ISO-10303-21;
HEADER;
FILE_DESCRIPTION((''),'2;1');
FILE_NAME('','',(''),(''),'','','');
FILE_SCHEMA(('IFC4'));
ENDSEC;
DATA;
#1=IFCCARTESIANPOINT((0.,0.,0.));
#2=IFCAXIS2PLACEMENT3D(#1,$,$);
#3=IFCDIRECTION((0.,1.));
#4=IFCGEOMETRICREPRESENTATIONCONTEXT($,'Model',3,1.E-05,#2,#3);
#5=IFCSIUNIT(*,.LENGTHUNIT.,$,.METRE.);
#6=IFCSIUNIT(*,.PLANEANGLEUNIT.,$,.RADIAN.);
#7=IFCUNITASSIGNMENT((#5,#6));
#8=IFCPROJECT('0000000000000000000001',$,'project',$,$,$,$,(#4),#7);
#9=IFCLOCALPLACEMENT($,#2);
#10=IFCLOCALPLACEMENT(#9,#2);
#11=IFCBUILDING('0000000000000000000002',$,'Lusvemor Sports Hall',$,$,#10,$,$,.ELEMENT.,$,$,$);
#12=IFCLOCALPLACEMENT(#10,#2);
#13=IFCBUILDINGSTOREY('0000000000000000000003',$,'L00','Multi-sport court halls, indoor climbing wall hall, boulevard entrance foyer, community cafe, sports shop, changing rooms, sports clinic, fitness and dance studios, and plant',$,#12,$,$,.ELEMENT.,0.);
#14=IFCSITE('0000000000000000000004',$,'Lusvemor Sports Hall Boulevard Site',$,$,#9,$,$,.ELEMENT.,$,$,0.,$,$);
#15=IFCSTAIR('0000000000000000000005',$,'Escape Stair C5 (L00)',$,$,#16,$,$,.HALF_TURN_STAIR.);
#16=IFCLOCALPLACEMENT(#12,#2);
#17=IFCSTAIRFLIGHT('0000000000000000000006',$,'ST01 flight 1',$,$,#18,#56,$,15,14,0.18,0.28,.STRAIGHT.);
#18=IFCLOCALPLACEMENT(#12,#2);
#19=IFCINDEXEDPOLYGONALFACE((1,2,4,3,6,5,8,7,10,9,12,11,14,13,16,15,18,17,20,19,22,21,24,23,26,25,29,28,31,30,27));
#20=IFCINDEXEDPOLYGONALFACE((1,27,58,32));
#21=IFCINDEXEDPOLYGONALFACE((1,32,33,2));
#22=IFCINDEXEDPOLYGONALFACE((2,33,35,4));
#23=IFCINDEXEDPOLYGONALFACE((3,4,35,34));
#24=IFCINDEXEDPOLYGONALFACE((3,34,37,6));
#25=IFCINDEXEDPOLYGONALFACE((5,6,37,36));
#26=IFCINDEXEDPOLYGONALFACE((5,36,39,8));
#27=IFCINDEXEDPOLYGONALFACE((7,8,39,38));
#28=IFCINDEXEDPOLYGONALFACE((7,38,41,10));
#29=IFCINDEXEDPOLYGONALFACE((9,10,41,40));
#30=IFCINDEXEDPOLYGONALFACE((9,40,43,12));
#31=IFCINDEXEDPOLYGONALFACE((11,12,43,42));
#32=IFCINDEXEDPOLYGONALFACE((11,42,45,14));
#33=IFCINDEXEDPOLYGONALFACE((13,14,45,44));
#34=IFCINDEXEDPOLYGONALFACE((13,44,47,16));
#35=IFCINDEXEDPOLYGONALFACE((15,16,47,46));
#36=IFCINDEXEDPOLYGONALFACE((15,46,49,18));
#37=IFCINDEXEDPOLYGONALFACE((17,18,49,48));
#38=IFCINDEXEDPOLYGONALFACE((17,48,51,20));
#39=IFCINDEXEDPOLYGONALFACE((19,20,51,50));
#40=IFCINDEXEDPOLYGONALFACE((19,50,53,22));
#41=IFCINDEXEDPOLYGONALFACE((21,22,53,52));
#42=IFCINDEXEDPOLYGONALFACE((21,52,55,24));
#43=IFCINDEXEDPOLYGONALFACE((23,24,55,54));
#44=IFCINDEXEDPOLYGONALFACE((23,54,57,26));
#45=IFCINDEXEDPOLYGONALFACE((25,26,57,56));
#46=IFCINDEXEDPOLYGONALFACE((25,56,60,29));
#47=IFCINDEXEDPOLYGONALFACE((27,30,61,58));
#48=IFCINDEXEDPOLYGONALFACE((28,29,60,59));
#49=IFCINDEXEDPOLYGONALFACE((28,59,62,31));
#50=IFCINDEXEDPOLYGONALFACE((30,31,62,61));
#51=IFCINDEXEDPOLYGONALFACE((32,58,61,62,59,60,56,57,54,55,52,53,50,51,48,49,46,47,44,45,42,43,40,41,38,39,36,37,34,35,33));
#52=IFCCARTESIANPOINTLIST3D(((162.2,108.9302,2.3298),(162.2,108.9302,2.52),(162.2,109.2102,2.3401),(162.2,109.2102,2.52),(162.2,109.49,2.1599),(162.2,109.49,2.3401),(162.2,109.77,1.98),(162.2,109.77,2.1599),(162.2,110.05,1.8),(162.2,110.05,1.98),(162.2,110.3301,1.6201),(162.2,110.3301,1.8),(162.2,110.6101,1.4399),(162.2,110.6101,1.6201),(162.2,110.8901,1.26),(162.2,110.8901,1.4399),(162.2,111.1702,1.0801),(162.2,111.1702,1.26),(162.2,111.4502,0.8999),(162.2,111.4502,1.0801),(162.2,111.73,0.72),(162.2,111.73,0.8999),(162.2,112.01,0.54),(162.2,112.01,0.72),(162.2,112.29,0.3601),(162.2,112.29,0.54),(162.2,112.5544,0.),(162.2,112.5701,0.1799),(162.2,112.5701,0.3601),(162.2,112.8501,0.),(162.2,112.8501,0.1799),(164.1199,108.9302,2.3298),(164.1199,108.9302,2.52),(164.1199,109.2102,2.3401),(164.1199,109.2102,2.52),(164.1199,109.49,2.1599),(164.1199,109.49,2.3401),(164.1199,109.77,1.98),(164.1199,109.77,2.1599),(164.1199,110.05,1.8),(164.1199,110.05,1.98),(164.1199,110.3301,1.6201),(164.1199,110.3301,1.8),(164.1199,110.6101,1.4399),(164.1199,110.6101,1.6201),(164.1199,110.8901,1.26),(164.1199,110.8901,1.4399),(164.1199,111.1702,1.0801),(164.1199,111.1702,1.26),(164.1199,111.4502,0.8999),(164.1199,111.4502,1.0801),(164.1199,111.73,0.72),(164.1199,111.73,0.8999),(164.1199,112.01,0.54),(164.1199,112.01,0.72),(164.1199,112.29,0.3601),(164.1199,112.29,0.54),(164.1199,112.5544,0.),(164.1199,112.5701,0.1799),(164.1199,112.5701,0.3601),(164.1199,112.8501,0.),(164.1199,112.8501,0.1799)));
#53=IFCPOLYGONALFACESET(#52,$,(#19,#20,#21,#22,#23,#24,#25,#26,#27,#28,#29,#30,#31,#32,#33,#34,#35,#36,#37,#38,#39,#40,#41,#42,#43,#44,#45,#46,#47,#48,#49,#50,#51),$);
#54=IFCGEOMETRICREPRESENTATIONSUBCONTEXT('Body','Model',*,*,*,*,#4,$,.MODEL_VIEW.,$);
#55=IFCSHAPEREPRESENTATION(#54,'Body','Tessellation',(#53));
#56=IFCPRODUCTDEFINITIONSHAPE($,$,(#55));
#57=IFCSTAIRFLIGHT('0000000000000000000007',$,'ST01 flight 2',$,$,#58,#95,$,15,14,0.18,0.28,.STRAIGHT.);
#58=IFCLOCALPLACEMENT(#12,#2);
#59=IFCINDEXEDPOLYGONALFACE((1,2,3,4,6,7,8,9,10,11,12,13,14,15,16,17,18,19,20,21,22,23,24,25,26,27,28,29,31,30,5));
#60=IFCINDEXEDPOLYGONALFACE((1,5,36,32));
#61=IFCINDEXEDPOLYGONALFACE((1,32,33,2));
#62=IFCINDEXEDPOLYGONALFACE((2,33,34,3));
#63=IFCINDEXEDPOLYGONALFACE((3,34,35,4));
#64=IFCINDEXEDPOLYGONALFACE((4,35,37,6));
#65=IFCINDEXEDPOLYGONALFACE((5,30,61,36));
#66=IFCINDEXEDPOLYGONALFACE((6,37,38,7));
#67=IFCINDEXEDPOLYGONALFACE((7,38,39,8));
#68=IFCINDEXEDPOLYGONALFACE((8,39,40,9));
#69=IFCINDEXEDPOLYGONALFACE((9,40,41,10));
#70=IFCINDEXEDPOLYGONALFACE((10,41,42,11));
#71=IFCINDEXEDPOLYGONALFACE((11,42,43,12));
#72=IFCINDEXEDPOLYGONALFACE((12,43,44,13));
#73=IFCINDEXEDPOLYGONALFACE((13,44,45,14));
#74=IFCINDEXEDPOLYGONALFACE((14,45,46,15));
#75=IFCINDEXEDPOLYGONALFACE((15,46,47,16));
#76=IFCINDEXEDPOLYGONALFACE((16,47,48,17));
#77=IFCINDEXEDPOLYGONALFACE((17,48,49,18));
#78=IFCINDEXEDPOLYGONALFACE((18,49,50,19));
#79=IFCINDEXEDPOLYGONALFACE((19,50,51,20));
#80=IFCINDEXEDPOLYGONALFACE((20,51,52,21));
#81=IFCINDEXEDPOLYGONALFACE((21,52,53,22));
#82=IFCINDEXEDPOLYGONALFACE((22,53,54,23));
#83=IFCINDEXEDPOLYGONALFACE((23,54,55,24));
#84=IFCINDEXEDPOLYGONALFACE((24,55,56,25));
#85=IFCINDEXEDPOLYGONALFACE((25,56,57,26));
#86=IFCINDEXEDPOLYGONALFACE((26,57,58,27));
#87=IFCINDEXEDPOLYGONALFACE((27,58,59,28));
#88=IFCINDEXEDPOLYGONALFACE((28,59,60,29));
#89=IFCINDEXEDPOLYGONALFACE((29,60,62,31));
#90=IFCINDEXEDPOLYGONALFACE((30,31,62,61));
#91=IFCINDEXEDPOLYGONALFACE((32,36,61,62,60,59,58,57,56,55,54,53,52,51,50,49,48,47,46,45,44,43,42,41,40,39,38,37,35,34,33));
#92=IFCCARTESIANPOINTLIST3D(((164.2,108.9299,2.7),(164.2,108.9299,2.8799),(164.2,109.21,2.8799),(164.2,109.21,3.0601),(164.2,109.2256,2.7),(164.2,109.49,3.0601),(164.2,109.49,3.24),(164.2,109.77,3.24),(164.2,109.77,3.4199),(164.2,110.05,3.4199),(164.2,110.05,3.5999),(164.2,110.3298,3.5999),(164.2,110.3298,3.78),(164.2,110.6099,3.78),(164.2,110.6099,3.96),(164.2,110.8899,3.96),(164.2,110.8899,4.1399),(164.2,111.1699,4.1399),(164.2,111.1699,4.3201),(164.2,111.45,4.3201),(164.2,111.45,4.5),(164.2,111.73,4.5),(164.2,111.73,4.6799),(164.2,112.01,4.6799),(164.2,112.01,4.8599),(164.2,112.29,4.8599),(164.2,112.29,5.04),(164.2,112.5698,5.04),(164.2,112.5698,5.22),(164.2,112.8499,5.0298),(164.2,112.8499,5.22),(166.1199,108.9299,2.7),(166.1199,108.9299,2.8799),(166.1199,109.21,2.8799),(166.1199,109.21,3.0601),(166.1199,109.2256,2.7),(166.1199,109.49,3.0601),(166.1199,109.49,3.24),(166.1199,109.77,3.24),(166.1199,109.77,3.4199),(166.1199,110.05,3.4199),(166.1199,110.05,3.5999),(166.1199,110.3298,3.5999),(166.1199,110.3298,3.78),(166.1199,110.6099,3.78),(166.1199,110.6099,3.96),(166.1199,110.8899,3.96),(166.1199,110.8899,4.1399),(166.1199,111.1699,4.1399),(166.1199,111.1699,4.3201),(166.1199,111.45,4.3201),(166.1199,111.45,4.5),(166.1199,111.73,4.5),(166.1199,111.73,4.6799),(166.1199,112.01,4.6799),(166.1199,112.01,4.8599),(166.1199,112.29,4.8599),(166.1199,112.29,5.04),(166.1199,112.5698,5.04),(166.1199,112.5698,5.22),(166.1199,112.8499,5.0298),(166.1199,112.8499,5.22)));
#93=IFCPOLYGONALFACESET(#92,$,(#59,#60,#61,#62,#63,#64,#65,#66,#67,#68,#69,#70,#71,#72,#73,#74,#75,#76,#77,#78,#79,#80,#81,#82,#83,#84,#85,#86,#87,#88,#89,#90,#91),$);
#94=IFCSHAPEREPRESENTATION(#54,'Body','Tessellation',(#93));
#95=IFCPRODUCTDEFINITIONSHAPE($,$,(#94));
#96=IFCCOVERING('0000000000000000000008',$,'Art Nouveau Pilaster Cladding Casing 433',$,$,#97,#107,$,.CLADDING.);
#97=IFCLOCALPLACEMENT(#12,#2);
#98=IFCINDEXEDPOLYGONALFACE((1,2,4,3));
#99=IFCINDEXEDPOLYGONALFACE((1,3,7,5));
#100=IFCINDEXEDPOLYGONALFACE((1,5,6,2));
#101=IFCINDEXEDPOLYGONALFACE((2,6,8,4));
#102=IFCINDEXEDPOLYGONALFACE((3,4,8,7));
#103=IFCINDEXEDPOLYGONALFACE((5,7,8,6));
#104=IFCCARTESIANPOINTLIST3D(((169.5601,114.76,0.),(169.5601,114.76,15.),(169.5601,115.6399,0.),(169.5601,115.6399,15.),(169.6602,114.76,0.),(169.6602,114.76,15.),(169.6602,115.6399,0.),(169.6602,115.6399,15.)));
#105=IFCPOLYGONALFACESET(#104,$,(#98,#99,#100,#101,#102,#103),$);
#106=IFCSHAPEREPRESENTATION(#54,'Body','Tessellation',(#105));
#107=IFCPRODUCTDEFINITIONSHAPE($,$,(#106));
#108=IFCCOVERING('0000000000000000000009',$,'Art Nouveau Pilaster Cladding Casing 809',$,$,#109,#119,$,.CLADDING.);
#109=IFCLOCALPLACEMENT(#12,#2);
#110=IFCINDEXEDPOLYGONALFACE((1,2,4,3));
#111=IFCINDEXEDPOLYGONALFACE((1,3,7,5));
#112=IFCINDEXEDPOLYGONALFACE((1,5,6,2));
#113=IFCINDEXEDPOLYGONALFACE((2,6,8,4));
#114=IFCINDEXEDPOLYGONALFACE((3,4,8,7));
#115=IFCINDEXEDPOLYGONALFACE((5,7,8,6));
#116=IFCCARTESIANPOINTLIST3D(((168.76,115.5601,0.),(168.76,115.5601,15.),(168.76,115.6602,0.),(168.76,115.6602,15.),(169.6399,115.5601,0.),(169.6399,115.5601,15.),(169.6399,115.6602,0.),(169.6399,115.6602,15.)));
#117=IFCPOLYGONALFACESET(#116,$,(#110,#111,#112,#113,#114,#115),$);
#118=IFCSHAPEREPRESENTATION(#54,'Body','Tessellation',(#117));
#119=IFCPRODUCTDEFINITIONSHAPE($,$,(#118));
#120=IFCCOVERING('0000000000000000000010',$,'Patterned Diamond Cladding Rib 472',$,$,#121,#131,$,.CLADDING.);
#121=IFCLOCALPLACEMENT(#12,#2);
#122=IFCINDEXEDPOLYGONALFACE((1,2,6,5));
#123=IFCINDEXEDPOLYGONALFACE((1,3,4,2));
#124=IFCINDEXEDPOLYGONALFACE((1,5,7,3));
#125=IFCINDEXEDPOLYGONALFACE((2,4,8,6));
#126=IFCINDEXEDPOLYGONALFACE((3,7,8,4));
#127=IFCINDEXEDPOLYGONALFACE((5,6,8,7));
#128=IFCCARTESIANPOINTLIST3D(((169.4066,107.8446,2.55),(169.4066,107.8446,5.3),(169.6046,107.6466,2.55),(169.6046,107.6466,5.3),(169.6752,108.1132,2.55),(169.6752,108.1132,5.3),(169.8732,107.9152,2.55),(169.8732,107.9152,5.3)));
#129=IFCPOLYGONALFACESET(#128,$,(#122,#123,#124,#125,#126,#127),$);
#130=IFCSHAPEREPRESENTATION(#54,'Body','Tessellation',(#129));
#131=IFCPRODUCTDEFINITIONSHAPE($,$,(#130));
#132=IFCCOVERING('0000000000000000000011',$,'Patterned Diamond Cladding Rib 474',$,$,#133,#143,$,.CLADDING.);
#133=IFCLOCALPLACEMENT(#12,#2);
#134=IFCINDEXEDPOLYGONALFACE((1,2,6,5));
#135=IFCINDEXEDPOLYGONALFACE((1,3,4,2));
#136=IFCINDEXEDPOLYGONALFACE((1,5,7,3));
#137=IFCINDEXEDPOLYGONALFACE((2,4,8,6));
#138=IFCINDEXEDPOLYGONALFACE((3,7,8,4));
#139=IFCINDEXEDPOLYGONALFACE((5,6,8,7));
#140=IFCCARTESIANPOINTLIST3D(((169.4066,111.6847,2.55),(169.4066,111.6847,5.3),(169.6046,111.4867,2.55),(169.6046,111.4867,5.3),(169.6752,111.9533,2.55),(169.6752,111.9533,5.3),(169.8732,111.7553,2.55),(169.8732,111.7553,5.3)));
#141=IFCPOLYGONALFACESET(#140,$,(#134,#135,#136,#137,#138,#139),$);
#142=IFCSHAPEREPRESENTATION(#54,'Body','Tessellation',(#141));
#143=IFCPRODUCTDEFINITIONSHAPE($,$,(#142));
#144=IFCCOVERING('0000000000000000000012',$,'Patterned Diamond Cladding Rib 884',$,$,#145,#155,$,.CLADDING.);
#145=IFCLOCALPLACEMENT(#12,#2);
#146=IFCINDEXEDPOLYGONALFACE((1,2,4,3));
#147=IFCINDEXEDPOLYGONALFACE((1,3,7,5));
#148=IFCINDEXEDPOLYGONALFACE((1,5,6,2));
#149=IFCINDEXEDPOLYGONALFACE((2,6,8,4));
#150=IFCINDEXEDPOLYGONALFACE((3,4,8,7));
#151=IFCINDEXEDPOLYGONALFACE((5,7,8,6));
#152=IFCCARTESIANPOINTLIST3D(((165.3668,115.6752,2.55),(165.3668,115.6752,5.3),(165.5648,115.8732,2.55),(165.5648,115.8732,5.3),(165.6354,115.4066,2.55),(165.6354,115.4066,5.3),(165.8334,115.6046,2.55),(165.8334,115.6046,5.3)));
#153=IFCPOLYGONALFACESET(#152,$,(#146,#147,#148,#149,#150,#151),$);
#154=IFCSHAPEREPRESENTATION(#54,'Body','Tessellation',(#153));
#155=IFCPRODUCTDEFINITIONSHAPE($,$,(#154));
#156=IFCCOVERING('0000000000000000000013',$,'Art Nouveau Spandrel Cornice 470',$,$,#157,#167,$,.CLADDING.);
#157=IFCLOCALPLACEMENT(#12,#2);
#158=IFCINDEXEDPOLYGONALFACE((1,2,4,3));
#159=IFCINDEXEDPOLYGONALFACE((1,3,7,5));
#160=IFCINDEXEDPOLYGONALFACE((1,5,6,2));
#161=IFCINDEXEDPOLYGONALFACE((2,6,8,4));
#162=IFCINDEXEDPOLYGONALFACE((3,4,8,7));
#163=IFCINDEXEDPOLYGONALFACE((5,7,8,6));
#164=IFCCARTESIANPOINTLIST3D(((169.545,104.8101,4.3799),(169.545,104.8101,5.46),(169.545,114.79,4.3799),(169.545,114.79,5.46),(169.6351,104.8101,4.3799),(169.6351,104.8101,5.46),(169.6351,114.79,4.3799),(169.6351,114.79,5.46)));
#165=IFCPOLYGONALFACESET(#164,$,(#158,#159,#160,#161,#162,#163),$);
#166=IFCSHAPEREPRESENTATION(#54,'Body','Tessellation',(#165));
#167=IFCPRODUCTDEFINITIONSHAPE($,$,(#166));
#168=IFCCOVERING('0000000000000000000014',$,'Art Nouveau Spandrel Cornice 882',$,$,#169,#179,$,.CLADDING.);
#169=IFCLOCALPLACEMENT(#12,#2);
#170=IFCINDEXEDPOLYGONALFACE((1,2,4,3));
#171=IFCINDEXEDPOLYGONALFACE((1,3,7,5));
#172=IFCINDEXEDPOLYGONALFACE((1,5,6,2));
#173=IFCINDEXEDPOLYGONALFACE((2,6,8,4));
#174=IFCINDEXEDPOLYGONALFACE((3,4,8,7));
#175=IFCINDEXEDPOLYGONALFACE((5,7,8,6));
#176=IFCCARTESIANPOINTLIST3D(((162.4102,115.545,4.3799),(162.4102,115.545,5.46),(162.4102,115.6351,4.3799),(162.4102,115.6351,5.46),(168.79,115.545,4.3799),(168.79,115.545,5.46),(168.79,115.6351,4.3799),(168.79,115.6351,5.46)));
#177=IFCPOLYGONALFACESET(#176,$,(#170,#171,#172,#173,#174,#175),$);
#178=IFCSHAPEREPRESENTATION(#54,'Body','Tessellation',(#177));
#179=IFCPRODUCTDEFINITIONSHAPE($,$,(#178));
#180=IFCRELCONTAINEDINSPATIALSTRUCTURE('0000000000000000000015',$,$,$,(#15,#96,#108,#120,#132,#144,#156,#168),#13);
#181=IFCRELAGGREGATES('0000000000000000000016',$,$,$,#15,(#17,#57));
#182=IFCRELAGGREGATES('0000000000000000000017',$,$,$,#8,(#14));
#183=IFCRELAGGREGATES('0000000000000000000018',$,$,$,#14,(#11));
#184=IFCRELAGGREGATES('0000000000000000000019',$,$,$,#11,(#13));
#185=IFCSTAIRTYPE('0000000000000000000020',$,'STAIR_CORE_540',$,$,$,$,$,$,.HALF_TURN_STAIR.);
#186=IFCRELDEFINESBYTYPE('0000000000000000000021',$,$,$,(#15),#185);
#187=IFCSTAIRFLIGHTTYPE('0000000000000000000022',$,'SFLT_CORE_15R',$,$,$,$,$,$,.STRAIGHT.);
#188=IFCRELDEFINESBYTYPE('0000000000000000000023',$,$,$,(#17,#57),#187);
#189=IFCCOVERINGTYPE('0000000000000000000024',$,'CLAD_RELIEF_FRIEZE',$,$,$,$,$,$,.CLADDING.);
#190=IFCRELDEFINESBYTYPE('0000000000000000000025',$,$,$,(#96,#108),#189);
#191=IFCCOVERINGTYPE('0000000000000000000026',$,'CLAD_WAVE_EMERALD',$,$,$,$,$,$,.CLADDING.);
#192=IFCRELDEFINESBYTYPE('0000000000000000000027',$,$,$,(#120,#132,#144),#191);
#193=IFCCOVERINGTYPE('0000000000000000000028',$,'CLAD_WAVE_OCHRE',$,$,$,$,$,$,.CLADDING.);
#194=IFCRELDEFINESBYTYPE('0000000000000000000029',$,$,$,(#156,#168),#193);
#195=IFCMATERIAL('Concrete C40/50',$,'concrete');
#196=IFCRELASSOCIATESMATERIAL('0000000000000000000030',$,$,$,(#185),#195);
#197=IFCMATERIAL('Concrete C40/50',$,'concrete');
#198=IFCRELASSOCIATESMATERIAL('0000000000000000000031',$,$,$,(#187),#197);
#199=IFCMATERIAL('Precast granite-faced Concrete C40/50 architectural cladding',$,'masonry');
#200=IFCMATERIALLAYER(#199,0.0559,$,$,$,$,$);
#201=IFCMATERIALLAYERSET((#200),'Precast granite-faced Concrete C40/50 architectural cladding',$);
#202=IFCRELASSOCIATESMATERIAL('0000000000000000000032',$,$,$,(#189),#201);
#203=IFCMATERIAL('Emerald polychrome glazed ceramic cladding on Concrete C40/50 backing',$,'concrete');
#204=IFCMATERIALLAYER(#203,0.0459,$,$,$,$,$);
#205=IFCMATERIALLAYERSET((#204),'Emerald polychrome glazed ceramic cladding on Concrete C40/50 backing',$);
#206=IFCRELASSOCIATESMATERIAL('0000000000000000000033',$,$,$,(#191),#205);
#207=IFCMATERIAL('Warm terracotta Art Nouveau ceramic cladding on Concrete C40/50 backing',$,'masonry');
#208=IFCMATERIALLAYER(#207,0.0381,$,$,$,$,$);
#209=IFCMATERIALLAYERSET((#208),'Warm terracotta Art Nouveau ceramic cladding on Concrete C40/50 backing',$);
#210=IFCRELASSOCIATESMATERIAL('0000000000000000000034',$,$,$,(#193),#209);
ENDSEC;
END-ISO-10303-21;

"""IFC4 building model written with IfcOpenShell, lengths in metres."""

from ifc_helpers import new_model, si_unit, direction, frame, origin, origin_2d, place, context, subcontext, project, spatial, polyline, rectangle, outline, extrude, material, layer, layer_set, type_object, element, aggregate, save


model = new_model("IFC4")

# Units and contexts
model_context = context("Model", 3, precision=1e-05, world=origin(), true_north=direction((0.0, 1.0)))
body_context = subcontext(model_context, "Body", "Model", "MODEL_VIEW")
ifc_project = project(units=[si_unit("LENGTHUNIT", "METRE"), si_unit("PLANEANGLEUNIT", "RADIAN")], contexts=[model_context])

# Site, building, storey
site_placement = place(None, origin())
site = spatial("IfcSite", under=ifc_project, at=site_placement, Name="Lusvemor Sports Hall Boulevard Site", CompositionType="ELEMENT", RefElevation=0.0)
building_placement = place(site_placement, origin())
building = spatial("IfcBuilding", under=site, at=building_placement, Name="Lusvemor Sports Hall", CompositionType="ELEMENT")
storey_placement = place(building_placement, origin())
storey = spatial("IfcBuildingStorey", under=building, at=storey_placement, Name="L00", Description="Multi-sport court halls, indoor climbing wall hall, boulevard entrance foyer, community cafe, sports shop, changing rooms, sports clinic, fitness and dance studios, and plant", CompositionType="ELEMENT", Elevation=0.0)

# Stair, stair flights
ifc_material_1 = material(Name="Concrete C40/50", Category="concrete")
stair_type = type_object("IfcStairType", Name="STAIR_CORE_540", PredefinedType="HALF_TURN_STAIR", material=ifc_material_1)
stair_placement = place(storey_placement, origin())
stair = element("IfcStair", 1, at=stair_placement, inside=storey, type_object=stair_type, Name="Escape Stair C5 (L00)", PredefinedType="HALF_TURN_STAIR")
ifc_material_2 = material(Name="Concrete C40/50", Category="concrete")
stair_flight_type = type_object("IfcStairFlightType", Name="SFLT_CORE_15R", PredefinedType="STRAIGHT", material=ifc_material_2)
stair_flight_1_placement = place(storey_placement, frame((163.1599, 112.8501, 0.0), z_axis=(0.0, 0.0, 1.0), x_axis=(0.0, -1.0, 0.0)))
stair_flight_1 = element("IfcStairFlight", 2, at=stair_flight_1_placement, type_object=stair_flight_type, Name="ST01 flight 1", NumberOfRisers=15, NumberOfTreads=14, PredefinedType="STRAIGHT", RiserHeight=0.18, TreadLength=0.28, context=body_context, shape_type="SweptSolid", body=[
    extrude(outline(polyline([(0.0, 0.0), (0.0, 0.1799), (0.28, 0.1799), (0.28, 0.3601), (0.5601, 0.3601), (0.5601, 0.54), (0.8401, 0.54), (0.8401, 0.72), (1.1201, 0.72), (1.1201, 0.8999), (1.3999, 0.8999), (1.3999, 1.0801), (1.6799, 1.0801), (1.6799, 1.26), (1.96, 1.26), (1.96, 1.4399), (2.24, 1.4399), (2.24, 1.6201), (2.52, 1.6201), (2.52, 1.8), (2.8, 1.8), (2.8, 1.98), (3.0801, 1.98), (3.0801, 2.1599), (3.3601, 2.1599), (3.3601, 2.3401), (3.6399, 2.3401), (3.6399, 2.52), (3.9199, 2.52), (3.9199, 2.7), (3.9199, 2.3298), (0.2957, 0.0), (0.0, 0.0)])), frame((0.0, 0.96, 0.0), z_axis=(0.0, -1.0, 0.0), x_axis=(1.0, 0.0, 0.0)), (0.0, 0.0, 1.0), 1.9199),
])
stair_flight_2_placement = place(storey_placement, frame((165.1599, 108.9299, 2.7), z_axis=(0.0, 0.0, 1.0), x_axis=(0.0, 1.0, 0.0)))
stair_flight_2 = element("IfcStairFlight", 3, at=stair_flight_2_placement, type_object=stair_flight_type, Name="ST01 flight 2", NumberOfRisers=15, NumberOfTreads=14, PredefinedType="STRAIGHT", RiserHeight=0.18, TreadLength=0.28, context=body_context, shape_type="SweptSolid", body=[
    extrude(outline(polyline([(0.0, 0.0), (0.0, 0.1799), (0.28, 0.1799), (0.28, 0.3601), (0.5601, 0.3601), (0.5601, 0.54), (0.8401, 0.54), (0.8401, 0.72), (1.1201, 0.72), (1.1201, 0.8999), (1.3999, 0.8999), (1.3999, 1.0801), (1.6799, 1.0801), (1.6799, 1.26), (1.96, 1.26), (1.96, 1.4399), (2.24, 1.4399), (2.24, 1.6201), (2.52, 1.6201), (2.52, 1.8), (2.8, 1.8), (2.8, 1.98), (3.0801, 1.98), (3.0801, 2.1599), (3.3601, 2.1599), (3.3601, 2.3401), (3.6399, 2.3401), (3.6399, 2.52), (3.9199, 2.52), (3.9199, 2.7), (3.9199, 2.3298), (0.2957, 0.0), (0.0, 0.0)])), frame((0.0, 0.96, 0.0), z_axis=(0.0, -1.0, 0.0), x_axis=(1.0, 0.0, 0.0)), (0.0, 0.0, 1.0), 1.9199),
])
aggregate(stair, [stair_flight_1, stair_flight_2])

# Coverings
ifc_material_3 = material(Name="Precast granite-faced Concrete C40/50 architectural cladding", Category="masonry")
ifc_layer_1 = layer(ifc_material_3, 0.0559)
ifc_layer_set_1 = layer_set([ifc_layer_1], Name="Precast granite-faced Concrete C40/50 architectural cladding")
covering_type_1 = type_object("IfcCoveringType", Name="CLAD_RELIEF_FRIEZE", PredefinedType="CLADDING", material=ifc_layer_set_1)
covering_1_placement = place(storey_placement, frame((169.6101, 115.2, 0.0), z_axis=(0.0, 0.0, 1.0), x_axis=(1.0, 0.0, 0.0)))
element("IfcCovering", 4, at=covering_1_placement, inside=storey, type_object=covering_type_1, Name="Art Nouveau Pilaster Cladding Casing 433", PredefinedType="CLADDING", context=body_context, shape_type="SweptSolid", body=[
    extrude(rectangle(XDim=0.1001, YDim=0.8799, at=origin_2d()), origin(), (0.0, 0.0, 1.0), 15.0),
])
covering_2_placement = place(storey_placement, frame((169.2, 115.6101, 0.0), z_axis=(0.0, 0.0, 1.0), x_axis=(1.0, 0.0, 0.0)))
element("IfcCovering", 5, at=covering_2_placement, inside=storey, type_object=covering_type_1, Name="Art Nouveau Pilaster Cladding Casing 809", PredefinedType="CLADDING", context=body_context, shape_type="SweptSolid", body=[
    extrude(rectangle(XDim=0.8799, YDim=0.1001, at=origin_2d()), origin(), (0.0, 0.0, 1.0), 15.0),
])
ifc_material_4 = material(Name="Emerald polychrome glazed ceramic cladding on Concrete C40/50 backing", Category="concrete")
ifc_layer_2 = layer(ifc_material_4, 0.0459)
ifc_layer_set_2 = layer_set([ifc_layer_2], Name="Emerald polychrome glazed ceramic cladding on Concrete C40/50 backing")
covering_type_2 = type_object("IfcCoveringType", Name="CLAD_WAVE_EMERALD", PredefinedType="CLADDING", material=ifc_layer_set_2)
for number, where, z_axis, x_axis, name in (
    (6, (169.6399, 107.8799, 2.55), (0.0, 0.0, 1.0), (0.707107, 0.707107, 0.0), "Patterned Diamond Cladding Rib 472"),
    (7, (169.6399, 111.72, 2.55), (0.0, 0.0, 1.0), (0.707107, 0.707107, 0.0), "Patterned Diamond Cladding Rib 474"),
):
    element("IfcCovering", number, at=place(storey_placement, frame(where, z_axis=z_axis, x_axis=x_axis)), inside=storey, type_object=covering_type_2, Name=name, PredefinedType="CLADDING", context=body_context, shape_type="SweptSolid", body=[
        extrude(rectangle(XDim=0.3799, YDim=0.28, at=origin_2d()), origin(), (0.0, 0.0, 1.0), 2.75),
    ])
covering_3_placement = place(storey_placement, frame((165.6001, 115.6399, 2.55), z_axis=(0.0, 0.0, 1.0), x_axis=(0.707107, 0.707107, 0.0)))
element("IfcCovering", 8, at=covering_3_placement, inside=storey, type_object=covering_type_2, Name="Patterned Diamond Cladding Rib 884", PredefinedType="CLADDING", context=body_context, shape_type="SweptSolid", body=[
    extrude(rectangle(XDim=0.28, YDim=0.3799, at=origin_2d()), origin(), (0.0, 0.0, 1.0), 2.75),
])
ifc_material_5 = material(Name="Warm terracotta Art Nouveau ceramic cladding on Concrete C40/50 backing", Category="masonry")
ifc_layer_3 = layer(ifc_material_5, 0.0381)
ifc_layer_set_3 = layer_set([ifc_layer_3], Name="Warm terracotta Art Nouveau ceramic cladding on Concrete C40/50 backing")
covering_type_3 = type_object("IfcCoveringType", Name="CLAD_WAVE_OCHRE", PredefinedType="CLADDING", material=ifc_layer_set_3)
covering_4_placement = place(storey_placement, frame((169.5901, 109.8, 4.3799), z_axis=(0.0, 0.0, 1.0), x_axis=(1.0, 0.0, 0.0)))
element("IfcCovering", 9, at=covering_4_placement, inside=storey, type_object=covering_type_3, Name="Art Nouveau Spandrel Cornice 470", PredefinedType="CLADDING", context=body_context, shape_type="SweptSolid", body=[
    extrude(rectangle(XDim=0.0901, YDim=9.98, at=origin_2d()), origin(), (0.0, 0.0, 1.0), 1.0801),
])
covering_5_placement = place(storey_placement, frame((165.6001, 115.5901, 4.3799), z_axis=(0.0, 0.0, 1.0), x_axis=(1.0, 0.0, 0.0)))
element("IfcCovering", 10, at=covering_5_placement, inside=storey, type_object=covering_type_3, Name="Art Nouveau Spandrel Cornice 882", PredefinedType="CLADDING", context=body_context, shape_type="SweptSolid", body=[
    extrude(rectangle(XDim=6.3799, YDim=0.0901, at=origin_2d()), origin(), (0.0, 0.0, 1.0), 1.0801),
])

save(model, "model.ifc")
